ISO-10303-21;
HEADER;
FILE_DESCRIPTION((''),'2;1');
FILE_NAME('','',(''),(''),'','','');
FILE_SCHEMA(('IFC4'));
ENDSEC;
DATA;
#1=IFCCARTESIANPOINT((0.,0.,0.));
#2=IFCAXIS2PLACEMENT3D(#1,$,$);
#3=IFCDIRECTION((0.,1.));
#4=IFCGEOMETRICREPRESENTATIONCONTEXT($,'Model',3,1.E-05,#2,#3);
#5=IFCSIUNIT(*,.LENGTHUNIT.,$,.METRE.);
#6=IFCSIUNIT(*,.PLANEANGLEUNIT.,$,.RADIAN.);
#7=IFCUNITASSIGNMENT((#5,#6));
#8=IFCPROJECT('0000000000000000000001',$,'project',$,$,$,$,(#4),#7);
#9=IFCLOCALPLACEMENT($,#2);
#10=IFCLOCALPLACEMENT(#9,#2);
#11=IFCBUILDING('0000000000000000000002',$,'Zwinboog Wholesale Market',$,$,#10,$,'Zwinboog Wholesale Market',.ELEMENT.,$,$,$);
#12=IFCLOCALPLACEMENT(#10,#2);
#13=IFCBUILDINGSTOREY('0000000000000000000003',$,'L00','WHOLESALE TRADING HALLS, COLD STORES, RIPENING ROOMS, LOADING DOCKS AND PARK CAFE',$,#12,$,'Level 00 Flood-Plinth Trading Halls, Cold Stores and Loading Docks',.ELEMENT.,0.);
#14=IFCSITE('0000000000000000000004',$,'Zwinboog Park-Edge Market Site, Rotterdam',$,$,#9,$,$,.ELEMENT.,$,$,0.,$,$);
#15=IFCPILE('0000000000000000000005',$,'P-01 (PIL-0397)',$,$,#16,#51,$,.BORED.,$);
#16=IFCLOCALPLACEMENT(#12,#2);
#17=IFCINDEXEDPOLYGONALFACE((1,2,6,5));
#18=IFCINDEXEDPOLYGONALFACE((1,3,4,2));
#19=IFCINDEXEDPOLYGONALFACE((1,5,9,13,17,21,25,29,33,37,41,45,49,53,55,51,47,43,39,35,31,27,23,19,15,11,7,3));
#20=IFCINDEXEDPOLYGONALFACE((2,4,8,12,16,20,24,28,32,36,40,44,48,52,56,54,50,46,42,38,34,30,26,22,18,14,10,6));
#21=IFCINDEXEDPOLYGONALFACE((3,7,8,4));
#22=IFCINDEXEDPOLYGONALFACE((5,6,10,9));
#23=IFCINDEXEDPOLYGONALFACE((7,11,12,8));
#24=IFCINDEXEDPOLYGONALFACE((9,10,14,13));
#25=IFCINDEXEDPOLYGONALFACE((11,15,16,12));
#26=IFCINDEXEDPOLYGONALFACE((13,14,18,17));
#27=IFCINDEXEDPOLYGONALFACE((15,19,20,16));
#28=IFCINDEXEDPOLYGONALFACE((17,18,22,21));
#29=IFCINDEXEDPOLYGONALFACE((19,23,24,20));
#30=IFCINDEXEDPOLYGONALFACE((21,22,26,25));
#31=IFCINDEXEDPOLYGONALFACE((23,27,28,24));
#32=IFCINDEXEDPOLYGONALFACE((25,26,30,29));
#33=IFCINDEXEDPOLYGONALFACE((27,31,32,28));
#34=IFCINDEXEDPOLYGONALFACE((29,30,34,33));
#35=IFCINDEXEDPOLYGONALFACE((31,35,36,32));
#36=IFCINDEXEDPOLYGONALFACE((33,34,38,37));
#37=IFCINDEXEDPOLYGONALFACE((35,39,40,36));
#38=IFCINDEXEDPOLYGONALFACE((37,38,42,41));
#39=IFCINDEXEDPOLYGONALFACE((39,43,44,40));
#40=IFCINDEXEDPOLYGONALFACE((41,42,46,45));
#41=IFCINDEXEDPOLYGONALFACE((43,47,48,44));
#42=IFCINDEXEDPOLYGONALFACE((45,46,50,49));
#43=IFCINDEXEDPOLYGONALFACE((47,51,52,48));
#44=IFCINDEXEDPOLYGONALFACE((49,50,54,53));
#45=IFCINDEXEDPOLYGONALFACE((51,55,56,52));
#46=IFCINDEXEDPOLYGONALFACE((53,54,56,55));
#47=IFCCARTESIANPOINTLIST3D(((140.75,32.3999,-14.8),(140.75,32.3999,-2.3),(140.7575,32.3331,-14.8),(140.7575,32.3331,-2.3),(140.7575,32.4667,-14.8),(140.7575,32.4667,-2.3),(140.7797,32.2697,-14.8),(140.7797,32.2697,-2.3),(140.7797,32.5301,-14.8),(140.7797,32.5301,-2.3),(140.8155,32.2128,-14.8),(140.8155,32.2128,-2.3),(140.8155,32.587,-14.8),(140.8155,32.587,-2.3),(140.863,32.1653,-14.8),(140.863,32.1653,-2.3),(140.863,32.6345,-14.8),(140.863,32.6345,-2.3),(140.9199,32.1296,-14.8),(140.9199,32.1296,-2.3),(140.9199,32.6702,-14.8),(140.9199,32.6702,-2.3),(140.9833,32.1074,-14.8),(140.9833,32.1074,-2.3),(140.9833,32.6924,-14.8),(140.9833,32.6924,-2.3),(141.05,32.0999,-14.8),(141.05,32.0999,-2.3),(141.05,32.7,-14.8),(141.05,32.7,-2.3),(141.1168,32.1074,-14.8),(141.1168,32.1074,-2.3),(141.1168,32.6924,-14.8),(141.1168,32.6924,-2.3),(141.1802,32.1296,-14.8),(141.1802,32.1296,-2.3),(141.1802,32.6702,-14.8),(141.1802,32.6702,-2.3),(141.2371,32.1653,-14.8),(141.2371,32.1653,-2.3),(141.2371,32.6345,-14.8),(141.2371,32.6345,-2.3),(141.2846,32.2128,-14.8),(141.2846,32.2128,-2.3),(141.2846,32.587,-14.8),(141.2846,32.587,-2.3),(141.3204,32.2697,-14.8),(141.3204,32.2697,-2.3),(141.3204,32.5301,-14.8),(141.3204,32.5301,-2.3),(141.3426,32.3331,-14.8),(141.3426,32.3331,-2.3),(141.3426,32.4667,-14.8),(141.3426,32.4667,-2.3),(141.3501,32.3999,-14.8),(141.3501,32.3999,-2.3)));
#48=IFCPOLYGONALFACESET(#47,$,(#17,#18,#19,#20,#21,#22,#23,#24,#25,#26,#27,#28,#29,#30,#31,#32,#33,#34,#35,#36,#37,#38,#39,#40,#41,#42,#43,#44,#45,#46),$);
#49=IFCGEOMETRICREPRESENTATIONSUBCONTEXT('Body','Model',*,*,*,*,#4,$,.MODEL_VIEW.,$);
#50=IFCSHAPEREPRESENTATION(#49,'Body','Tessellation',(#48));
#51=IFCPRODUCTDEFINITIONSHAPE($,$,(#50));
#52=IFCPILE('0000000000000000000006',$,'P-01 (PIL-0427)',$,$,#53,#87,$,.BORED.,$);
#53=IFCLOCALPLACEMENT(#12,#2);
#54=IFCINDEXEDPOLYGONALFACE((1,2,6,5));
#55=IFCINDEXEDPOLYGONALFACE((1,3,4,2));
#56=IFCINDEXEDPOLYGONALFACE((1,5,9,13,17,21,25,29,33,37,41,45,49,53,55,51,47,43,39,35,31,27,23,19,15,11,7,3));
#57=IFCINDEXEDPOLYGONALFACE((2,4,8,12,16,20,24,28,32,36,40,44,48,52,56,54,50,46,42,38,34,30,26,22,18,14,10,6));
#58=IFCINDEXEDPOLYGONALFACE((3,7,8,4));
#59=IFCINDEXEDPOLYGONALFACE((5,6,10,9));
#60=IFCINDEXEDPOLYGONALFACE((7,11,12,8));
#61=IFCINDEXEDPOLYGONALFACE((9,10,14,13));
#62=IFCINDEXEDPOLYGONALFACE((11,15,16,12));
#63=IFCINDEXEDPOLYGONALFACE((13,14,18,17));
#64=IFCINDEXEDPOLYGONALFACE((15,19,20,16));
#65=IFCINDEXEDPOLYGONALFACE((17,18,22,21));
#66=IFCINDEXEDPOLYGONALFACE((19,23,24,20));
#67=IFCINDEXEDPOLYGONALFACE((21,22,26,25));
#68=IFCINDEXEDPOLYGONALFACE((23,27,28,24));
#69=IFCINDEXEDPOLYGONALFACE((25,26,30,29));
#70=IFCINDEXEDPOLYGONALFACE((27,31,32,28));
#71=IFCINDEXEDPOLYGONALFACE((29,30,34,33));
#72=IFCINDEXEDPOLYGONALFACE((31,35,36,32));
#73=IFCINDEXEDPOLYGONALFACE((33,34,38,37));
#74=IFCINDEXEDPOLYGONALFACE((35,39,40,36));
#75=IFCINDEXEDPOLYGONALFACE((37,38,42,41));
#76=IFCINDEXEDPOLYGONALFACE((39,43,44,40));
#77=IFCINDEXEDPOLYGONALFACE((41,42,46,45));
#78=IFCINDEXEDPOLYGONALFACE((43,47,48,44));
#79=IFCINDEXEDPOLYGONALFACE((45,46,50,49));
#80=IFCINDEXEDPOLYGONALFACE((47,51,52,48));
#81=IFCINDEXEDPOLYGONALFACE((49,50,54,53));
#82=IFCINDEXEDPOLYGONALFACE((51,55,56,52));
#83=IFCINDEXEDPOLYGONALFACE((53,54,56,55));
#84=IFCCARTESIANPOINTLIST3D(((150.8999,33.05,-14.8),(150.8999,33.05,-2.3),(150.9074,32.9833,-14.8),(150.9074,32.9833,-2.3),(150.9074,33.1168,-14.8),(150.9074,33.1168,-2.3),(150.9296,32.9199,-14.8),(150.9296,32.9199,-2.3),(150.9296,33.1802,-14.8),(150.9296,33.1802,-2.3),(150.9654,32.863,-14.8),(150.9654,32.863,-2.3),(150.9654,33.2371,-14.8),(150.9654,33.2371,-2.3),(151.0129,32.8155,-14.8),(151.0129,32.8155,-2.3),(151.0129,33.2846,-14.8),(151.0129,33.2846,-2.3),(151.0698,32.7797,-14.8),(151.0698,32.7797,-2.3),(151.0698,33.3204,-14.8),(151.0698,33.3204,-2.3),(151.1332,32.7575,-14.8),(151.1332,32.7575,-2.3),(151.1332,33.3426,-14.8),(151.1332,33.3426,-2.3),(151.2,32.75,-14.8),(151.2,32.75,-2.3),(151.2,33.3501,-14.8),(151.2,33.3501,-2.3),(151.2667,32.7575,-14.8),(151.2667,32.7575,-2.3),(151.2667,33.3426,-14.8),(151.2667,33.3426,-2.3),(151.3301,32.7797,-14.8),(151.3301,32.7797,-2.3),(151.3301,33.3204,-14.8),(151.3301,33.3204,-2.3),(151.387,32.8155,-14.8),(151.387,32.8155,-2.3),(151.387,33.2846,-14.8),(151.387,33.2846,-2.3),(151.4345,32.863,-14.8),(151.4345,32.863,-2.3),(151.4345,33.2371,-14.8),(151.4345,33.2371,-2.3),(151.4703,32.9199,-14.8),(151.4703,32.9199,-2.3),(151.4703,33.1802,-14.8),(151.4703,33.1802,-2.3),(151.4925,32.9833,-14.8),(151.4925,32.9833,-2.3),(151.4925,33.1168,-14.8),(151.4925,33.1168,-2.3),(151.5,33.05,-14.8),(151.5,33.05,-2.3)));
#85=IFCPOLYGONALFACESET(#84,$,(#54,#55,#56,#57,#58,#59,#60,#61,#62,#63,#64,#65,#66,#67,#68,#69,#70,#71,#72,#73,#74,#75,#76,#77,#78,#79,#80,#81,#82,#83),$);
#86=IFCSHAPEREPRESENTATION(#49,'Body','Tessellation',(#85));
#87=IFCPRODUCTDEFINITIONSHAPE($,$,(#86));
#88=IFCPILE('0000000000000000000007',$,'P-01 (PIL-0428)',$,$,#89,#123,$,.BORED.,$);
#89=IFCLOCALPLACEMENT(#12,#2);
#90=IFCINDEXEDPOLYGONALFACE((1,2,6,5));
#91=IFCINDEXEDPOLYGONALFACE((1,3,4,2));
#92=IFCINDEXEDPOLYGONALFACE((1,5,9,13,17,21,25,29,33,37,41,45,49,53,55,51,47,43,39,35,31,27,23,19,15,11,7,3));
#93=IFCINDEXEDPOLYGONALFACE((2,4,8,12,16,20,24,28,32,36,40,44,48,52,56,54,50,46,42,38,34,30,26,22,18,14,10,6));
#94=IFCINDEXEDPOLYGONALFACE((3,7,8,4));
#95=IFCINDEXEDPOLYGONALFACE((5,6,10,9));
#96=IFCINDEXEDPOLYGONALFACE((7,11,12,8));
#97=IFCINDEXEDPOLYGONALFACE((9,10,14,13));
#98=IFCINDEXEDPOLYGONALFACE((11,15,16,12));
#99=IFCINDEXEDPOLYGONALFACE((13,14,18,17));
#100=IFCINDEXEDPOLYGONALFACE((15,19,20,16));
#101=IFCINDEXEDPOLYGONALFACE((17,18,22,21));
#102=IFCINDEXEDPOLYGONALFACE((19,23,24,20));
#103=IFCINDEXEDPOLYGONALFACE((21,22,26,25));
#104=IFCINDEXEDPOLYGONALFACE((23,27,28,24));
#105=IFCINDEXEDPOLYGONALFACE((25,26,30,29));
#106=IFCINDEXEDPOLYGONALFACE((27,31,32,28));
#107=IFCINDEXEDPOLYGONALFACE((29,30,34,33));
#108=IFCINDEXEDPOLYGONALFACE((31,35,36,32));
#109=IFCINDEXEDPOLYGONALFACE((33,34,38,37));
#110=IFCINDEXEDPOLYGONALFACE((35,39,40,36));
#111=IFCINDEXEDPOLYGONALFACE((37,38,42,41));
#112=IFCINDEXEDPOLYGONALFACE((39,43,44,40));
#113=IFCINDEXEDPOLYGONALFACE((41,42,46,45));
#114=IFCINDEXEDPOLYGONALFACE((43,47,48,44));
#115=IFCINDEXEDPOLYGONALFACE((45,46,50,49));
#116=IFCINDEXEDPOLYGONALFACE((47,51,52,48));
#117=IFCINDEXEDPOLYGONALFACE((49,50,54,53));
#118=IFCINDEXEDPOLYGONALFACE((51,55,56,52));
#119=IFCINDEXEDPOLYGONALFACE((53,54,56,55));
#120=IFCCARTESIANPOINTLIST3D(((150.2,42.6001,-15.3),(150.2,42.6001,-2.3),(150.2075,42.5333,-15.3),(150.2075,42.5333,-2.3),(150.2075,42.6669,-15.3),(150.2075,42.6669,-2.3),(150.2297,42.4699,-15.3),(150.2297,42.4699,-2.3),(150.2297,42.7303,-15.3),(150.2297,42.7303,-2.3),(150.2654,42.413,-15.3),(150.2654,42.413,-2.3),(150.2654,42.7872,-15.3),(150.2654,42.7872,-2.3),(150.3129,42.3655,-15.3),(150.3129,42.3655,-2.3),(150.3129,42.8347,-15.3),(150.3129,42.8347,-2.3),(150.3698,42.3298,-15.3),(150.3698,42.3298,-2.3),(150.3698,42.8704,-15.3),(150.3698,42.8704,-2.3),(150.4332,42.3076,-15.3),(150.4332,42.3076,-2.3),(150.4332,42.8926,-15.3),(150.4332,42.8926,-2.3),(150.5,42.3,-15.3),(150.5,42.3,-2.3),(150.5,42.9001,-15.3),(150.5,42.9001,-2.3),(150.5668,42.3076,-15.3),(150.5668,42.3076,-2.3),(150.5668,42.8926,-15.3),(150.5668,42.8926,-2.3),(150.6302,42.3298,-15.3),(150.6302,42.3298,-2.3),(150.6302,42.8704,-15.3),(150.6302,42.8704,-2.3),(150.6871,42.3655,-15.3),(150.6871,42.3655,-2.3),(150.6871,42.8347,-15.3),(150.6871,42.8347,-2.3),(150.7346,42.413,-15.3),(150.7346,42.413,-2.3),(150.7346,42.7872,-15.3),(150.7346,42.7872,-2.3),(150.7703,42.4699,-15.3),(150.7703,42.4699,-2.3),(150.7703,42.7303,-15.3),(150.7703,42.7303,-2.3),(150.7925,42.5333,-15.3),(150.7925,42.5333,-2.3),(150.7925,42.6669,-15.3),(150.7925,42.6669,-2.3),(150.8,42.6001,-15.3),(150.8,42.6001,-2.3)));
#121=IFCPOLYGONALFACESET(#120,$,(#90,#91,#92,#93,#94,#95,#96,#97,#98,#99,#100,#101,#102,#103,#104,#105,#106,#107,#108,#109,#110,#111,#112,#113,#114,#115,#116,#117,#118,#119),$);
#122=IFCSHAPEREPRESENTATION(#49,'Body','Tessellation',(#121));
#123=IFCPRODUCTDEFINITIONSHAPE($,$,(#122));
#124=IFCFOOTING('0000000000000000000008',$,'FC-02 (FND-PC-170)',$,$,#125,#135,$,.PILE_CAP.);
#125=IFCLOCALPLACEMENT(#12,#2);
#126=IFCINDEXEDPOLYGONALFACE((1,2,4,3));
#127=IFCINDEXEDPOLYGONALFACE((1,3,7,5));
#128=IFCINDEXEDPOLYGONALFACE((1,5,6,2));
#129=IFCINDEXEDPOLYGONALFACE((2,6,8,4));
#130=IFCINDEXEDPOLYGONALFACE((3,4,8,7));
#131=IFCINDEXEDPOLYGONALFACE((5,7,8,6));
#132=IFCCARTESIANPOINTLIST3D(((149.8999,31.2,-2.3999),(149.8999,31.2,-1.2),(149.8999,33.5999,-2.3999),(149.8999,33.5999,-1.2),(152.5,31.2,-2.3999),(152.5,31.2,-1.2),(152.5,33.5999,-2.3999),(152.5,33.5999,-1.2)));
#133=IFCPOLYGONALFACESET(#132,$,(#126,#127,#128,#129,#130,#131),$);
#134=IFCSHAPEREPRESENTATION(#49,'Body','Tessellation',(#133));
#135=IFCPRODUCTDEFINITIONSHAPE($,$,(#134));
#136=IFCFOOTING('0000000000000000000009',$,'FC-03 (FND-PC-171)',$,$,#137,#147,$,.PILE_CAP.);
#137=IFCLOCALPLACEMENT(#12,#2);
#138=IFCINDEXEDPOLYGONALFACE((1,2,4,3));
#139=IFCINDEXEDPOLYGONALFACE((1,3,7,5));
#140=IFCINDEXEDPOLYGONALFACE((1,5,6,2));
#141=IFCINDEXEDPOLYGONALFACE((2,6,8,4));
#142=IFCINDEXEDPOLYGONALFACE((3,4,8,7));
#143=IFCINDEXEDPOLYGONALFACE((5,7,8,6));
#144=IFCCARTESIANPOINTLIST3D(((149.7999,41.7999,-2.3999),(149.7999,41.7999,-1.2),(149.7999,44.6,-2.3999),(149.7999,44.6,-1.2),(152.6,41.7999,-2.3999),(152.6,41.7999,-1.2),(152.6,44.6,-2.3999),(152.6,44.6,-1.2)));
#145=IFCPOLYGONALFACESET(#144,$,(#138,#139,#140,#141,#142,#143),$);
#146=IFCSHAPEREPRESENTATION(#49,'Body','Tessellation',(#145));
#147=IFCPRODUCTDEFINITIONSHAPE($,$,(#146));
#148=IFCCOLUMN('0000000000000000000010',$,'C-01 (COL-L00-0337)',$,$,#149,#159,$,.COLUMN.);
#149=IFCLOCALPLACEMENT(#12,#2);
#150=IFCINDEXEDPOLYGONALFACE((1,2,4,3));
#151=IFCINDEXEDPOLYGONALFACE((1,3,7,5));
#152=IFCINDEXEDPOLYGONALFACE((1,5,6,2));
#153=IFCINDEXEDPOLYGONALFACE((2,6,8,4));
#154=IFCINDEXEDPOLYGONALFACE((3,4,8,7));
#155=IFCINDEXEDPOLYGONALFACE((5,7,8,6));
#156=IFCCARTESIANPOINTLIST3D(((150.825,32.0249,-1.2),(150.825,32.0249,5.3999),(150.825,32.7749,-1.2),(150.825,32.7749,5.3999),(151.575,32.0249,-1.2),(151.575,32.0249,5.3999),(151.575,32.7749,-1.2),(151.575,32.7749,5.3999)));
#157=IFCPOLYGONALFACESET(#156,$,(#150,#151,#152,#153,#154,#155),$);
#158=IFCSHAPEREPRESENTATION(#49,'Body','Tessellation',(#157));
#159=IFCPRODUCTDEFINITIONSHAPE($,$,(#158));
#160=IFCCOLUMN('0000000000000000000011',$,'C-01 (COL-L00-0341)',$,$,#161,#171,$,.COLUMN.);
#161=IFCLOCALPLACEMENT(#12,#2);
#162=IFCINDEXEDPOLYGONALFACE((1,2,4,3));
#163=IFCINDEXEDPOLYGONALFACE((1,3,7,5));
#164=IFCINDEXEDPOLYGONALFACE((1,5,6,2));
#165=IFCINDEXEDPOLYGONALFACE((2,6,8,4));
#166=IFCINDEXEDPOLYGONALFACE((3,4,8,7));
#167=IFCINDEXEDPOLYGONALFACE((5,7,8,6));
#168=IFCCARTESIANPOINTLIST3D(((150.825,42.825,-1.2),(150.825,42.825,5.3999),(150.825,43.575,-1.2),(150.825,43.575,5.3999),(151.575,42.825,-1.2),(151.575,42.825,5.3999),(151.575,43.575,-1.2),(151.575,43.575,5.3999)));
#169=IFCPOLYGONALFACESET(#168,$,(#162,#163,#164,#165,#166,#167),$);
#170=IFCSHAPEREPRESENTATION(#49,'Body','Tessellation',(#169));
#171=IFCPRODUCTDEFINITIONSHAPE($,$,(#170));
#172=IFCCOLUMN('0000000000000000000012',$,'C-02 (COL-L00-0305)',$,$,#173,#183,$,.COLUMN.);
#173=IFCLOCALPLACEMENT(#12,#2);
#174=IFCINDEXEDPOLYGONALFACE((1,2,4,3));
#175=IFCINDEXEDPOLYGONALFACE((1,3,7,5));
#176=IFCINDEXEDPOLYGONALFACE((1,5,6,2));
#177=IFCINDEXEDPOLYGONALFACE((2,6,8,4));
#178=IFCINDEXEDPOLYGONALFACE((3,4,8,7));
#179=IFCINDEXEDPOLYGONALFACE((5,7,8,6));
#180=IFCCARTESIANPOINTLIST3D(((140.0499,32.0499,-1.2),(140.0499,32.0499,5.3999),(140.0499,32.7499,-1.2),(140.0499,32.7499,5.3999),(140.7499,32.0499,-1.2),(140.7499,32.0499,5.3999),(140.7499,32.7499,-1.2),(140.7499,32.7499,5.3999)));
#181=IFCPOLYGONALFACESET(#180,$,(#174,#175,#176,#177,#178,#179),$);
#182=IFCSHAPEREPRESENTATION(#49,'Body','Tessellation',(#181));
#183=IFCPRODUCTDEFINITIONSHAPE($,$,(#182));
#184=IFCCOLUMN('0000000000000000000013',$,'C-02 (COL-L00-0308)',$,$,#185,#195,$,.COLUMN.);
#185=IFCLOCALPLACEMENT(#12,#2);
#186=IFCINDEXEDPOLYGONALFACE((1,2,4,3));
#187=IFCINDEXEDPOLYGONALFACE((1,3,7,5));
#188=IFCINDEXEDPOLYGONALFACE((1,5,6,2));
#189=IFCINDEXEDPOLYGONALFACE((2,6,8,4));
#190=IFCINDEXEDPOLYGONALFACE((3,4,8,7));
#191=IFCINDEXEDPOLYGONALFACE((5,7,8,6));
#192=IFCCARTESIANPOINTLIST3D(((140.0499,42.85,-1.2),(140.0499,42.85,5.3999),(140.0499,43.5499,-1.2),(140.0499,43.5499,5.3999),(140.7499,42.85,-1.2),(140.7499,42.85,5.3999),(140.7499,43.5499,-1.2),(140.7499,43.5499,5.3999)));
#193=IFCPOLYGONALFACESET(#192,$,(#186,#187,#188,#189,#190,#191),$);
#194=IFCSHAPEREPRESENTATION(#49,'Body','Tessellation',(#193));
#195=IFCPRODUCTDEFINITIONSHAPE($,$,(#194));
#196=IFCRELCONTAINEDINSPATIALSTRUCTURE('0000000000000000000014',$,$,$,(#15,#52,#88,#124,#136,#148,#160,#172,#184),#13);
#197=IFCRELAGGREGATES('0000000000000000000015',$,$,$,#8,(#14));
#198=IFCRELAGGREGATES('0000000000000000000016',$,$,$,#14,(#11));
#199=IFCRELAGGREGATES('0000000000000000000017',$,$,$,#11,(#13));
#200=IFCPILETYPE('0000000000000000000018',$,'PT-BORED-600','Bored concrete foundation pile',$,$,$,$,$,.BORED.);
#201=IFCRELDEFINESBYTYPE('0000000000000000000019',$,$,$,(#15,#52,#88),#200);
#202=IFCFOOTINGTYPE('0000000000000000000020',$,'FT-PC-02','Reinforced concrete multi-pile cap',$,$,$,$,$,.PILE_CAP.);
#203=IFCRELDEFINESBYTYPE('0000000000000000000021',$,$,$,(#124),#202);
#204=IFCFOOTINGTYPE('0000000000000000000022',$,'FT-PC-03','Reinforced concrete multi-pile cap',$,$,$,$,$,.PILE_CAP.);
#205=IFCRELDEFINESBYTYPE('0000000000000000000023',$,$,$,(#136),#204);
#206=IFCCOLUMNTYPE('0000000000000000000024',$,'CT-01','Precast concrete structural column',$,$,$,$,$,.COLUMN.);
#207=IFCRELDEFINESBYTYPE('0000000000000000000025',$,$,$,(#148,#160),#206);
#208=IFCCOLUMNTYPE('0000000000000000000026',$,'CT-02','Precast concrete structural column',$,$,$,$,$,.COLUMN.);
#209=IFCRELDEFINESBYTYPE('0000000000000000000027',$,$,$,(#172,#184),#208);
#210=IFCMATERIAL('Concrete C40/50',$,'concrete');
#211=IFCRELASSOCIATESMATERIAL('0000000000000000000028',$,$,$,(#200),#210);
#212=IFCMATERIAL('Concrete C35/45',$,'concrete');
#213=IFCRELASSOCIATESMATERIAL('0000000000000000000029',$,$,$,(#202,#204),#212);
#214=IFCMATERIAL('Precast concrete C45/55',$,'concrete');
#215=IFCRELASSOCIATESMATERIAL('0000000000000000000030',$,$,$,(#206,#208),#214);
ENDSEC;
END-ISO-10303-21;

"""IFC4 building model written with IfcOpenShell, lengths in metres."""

from ifc_helpers import new_model, si_unit, direction, frame, origin, origin_2d, place, context, subcontext, project, spatial, rectangle, circle, extrude, material, material_profile, profile_set, type_object, element, save


model = new_model("IFC4")

# Units and contexts
model_context = context("Model", 3, precision=1e-05, world=origin(), true_north=direction((0.0, 1.0)))
body_context = subcontext(model_context, "Body", "Model", "MODEL_VIEW")
ifc_project = project(units=[si_unit("LENGTHUNIT", "METRE"), si_unit("PLANEANGLEUNIT", "RADIAN")], contexts=[model_context])

# Site, building, storey
site_placement = place(None, origin())
site = spatial("IfcSite", under=ifc_project, at=site_placement, Name="Zwinboog Park-Edge Market Site, Rotterdam", CompositionType="ELEMENT", RefElevation=0.0)
building_placement = place(site_placement, origin())
building = spatial("IfcBuilding", under=site, at=building_placement, Name="Zwinboog Wholesale Market", LongName="Zwinboog Wholesale Market", CompositionType="ELEMENT")
storey_placement = place(building_placement, origin())
storey = spatial("IfcBuildingStorey", under=building, at=storey_placement, Name="L00", Description="WHOLESALE TRADING HALLS, COLD STORES, RIPENING ROOMS, LOADING DOCKS AND PARK CAFE", LongName="Level 00 Flood-Plinth Trading Halls, Cold Stores and Loading Docks", CompositionType="ELEMENT", Elevation=0.0)

# Piles
ifc_material_1 = material(Name="Concrete C40/50", Category="concrete")
ifc_material_profile_1 = material_profile(ifc_material_1, circle(Radius=0.3, at=origin_2d()), Name="PILE D600")
ifc_profile_set_1 = profile_set([ifc_material_profile_1], Name="Concrete C40/50")
pile_type = type_object("IfcPileType", Name="PT-BORED-600", Description="Bored concrete foundation pile", PredefinedType="BORED", material=ifc_profile_set_1)
for number, where, z_axis, x_axis, name in (
    (1, (141.05, 32.3999, -2.3), (0.0, 0.0, -1.0), (1.0, 0.0, 0.0), "P-01 (PIL-0397)"),
    (2, (151.2, 33.05, -2.3), (0.0, 0.0, -1.0), (1.0, 0.0, 0.0), "P-01 (PIL-0427)"),
):
    element("IfcPile", number, at=place(storey_placement, frame(where, z_axis=z_axis, x_axis=x_axis)), inside=storey, type_object=pile_type, Name=name, PredefinedType="BORED", context=body_context, shape_type="SweptSolid", body=[
        extrude(circle(Radius=0.3, at=origin_2d()), origin(), (0.0, 0.0, 1.0), 12.5),
    ])
pile_placement = place(storey_placement, frame((150.5, 42.6001, -2.3), z_axis=(0.0, 0.0, -1.0), x_axis=(1.0, 0.0, 0.0)))
element("IfcPile", 3, at=pile_placement, inside=storey, type_object=pile_type, Name="P-01 (PIL-0428)", PredefinedType="BORED", context=body_context, shape_type="SweptSolid", body=[
    extrude(circle(Radius=0.3, at=origin_2d()), origin(), (0.0, 0.0, 1.0), 13.0),
])

# Footings
ifc_material_2 = material(Name="Concrete C35/45", Category="concrete")
footing_type_1 = type_object("IfcFootingType", Name="FT-PC-02", Description="Reinforced concrete multi-pile cap", PredefinedType="PILE_CAP", material=ifc_material_2)
footing_1_placement = place(storey_placement, frame((151.2, 32.3999, -2.3999), z_axis=(0.0, 0.0, 1.0), x_axis=(1.0, 0.0, 0.0)))
element("IfcFooting", 4, at=footing_1_placement, inside=storey, type_object=footing_type_1, Name="FC-02 (FND-PC-170)", PredefinedType="PILE_CAP", context=body_context, shape_type="SweptSolid", body=[
    extrude(rectangle(XDim=2.6001, YDim=2.3999, at=origin_2d()), origin(), (0.0, 0.0, 1.0), 1.2),
])
footing_type_2 = type_object("IfcFootingType", Name="FT-PC-03", Description="Reinforced concrete multi-pile cap", PredefinedType="PILE_CAP", material=ifc_material_2)
footing_2_placement = place(storey_placement, frame((151.2, 43.2, -2.3999), z_axis=(0.0, 0.0, 1.0), x_axis=(1.0, 0.0, 0.0)))
element("IfcFooting", 5, at=footing_2_placement, inside=storey, type_object=footing_type_2, Name="FC-03 (FND-PC-171)", PredefinedType="PILE_CAP", context=body_context, shape_type="SweptSolid", body=[
    extrude(rectangle(XDim=2.8, YDim=2.8, at=origin_2d()), origin(), (0.0, 0.0, 1.0), 1.2),
])

# Columns
ifc_material_3 = material(Name="Precast concrete C45/55", Category="concrete")
ifc_material_profile_2 = material_profile(ifc_material_3, rectangle(XDim=0.75, YDim=0.75, at=origin_2d()), Name="PC 750x750")
ifc_profile_set_2 = profile_set([ifc_material_profile_2], Name="Precast concrete C45/55")
column_type_1 = type_object("IfcColumnType", Name="CT-01", Description="Precast concrete structural column", PredefinedType="COLUMN", material=ifc_profile_set_2)
for number, where, z_axis, x_axis, name in (
    (6, (151.2, 32.3999, -1.2), (0.0, 0.0, 1.0), (1.0, 0.0, 0.0), "C-01 (COL-L00-0337)"),
    (7, (151.2, 43.2, -1.2), (0.0, 0.0, 1.0), (1.0, 0.0, 0.0), "C-01 (COL-L00-0341)"),
):
    element("IfcColumn", number, at=place(storey_placement, frame(where, z_axis=z_axis, x_axis=x_axis)), inside=storey, type_object=column_type_1, Name=name, PredefinedType="COLUMN", context=body_context, shape_type="SweptSolid", body=[
        extrude(rectangle(XDim=0.75, YDim=0.75, at=origin_2d()), origin(), (0.0, 0.0, 1.0), 6.5999),
    ])
ifc_material_profile_3 = material_profile(ifc_material_3, rectangle(XDim=0.7, YDim=0.7, at=origin_2d()), Name="PC 700x700")
ifc_profile_set_3 = profile_set([ifc_material_profile_3], Name="Precast concrete C45/55")
column_type_2 = type_object("IfcColumnType", Name="CT-02", Description="Precast concrete structural column", PredefinedType="COLUMN", material=ifc_profile_set_3)
for number, where, z_axis, x_axis, name in (
    (8, (140.3999, 32.3999, -1.2), (0.0, 0.0, 1.0), (1.0, 0.0, 0.0), "C-02 (COL-L00-0305)"),
    (9, (140.3999, 43.2, -1.2), (0.0, 0.0, 1.0), (1.0, 0.0, 0.0), "C-02 (COL-L00-0308)"),
):
    element("IfcColumn", number, at=place(storey_placement, frame(where, z_axis=z_axis, x_axis=x_axis)), inside=storey, type_object=column_type_2, Name=name, PredefinedType="COLUMN", context=body_context, shape_type="SweptSolid", body=[
        extrude(rectangle(XDim=0.7, YDim=0.7, at=origin_2d()), origin(), (0.0, 0.0, 1.0), 6.5999),
    ])

save(model, "model.ifc")
